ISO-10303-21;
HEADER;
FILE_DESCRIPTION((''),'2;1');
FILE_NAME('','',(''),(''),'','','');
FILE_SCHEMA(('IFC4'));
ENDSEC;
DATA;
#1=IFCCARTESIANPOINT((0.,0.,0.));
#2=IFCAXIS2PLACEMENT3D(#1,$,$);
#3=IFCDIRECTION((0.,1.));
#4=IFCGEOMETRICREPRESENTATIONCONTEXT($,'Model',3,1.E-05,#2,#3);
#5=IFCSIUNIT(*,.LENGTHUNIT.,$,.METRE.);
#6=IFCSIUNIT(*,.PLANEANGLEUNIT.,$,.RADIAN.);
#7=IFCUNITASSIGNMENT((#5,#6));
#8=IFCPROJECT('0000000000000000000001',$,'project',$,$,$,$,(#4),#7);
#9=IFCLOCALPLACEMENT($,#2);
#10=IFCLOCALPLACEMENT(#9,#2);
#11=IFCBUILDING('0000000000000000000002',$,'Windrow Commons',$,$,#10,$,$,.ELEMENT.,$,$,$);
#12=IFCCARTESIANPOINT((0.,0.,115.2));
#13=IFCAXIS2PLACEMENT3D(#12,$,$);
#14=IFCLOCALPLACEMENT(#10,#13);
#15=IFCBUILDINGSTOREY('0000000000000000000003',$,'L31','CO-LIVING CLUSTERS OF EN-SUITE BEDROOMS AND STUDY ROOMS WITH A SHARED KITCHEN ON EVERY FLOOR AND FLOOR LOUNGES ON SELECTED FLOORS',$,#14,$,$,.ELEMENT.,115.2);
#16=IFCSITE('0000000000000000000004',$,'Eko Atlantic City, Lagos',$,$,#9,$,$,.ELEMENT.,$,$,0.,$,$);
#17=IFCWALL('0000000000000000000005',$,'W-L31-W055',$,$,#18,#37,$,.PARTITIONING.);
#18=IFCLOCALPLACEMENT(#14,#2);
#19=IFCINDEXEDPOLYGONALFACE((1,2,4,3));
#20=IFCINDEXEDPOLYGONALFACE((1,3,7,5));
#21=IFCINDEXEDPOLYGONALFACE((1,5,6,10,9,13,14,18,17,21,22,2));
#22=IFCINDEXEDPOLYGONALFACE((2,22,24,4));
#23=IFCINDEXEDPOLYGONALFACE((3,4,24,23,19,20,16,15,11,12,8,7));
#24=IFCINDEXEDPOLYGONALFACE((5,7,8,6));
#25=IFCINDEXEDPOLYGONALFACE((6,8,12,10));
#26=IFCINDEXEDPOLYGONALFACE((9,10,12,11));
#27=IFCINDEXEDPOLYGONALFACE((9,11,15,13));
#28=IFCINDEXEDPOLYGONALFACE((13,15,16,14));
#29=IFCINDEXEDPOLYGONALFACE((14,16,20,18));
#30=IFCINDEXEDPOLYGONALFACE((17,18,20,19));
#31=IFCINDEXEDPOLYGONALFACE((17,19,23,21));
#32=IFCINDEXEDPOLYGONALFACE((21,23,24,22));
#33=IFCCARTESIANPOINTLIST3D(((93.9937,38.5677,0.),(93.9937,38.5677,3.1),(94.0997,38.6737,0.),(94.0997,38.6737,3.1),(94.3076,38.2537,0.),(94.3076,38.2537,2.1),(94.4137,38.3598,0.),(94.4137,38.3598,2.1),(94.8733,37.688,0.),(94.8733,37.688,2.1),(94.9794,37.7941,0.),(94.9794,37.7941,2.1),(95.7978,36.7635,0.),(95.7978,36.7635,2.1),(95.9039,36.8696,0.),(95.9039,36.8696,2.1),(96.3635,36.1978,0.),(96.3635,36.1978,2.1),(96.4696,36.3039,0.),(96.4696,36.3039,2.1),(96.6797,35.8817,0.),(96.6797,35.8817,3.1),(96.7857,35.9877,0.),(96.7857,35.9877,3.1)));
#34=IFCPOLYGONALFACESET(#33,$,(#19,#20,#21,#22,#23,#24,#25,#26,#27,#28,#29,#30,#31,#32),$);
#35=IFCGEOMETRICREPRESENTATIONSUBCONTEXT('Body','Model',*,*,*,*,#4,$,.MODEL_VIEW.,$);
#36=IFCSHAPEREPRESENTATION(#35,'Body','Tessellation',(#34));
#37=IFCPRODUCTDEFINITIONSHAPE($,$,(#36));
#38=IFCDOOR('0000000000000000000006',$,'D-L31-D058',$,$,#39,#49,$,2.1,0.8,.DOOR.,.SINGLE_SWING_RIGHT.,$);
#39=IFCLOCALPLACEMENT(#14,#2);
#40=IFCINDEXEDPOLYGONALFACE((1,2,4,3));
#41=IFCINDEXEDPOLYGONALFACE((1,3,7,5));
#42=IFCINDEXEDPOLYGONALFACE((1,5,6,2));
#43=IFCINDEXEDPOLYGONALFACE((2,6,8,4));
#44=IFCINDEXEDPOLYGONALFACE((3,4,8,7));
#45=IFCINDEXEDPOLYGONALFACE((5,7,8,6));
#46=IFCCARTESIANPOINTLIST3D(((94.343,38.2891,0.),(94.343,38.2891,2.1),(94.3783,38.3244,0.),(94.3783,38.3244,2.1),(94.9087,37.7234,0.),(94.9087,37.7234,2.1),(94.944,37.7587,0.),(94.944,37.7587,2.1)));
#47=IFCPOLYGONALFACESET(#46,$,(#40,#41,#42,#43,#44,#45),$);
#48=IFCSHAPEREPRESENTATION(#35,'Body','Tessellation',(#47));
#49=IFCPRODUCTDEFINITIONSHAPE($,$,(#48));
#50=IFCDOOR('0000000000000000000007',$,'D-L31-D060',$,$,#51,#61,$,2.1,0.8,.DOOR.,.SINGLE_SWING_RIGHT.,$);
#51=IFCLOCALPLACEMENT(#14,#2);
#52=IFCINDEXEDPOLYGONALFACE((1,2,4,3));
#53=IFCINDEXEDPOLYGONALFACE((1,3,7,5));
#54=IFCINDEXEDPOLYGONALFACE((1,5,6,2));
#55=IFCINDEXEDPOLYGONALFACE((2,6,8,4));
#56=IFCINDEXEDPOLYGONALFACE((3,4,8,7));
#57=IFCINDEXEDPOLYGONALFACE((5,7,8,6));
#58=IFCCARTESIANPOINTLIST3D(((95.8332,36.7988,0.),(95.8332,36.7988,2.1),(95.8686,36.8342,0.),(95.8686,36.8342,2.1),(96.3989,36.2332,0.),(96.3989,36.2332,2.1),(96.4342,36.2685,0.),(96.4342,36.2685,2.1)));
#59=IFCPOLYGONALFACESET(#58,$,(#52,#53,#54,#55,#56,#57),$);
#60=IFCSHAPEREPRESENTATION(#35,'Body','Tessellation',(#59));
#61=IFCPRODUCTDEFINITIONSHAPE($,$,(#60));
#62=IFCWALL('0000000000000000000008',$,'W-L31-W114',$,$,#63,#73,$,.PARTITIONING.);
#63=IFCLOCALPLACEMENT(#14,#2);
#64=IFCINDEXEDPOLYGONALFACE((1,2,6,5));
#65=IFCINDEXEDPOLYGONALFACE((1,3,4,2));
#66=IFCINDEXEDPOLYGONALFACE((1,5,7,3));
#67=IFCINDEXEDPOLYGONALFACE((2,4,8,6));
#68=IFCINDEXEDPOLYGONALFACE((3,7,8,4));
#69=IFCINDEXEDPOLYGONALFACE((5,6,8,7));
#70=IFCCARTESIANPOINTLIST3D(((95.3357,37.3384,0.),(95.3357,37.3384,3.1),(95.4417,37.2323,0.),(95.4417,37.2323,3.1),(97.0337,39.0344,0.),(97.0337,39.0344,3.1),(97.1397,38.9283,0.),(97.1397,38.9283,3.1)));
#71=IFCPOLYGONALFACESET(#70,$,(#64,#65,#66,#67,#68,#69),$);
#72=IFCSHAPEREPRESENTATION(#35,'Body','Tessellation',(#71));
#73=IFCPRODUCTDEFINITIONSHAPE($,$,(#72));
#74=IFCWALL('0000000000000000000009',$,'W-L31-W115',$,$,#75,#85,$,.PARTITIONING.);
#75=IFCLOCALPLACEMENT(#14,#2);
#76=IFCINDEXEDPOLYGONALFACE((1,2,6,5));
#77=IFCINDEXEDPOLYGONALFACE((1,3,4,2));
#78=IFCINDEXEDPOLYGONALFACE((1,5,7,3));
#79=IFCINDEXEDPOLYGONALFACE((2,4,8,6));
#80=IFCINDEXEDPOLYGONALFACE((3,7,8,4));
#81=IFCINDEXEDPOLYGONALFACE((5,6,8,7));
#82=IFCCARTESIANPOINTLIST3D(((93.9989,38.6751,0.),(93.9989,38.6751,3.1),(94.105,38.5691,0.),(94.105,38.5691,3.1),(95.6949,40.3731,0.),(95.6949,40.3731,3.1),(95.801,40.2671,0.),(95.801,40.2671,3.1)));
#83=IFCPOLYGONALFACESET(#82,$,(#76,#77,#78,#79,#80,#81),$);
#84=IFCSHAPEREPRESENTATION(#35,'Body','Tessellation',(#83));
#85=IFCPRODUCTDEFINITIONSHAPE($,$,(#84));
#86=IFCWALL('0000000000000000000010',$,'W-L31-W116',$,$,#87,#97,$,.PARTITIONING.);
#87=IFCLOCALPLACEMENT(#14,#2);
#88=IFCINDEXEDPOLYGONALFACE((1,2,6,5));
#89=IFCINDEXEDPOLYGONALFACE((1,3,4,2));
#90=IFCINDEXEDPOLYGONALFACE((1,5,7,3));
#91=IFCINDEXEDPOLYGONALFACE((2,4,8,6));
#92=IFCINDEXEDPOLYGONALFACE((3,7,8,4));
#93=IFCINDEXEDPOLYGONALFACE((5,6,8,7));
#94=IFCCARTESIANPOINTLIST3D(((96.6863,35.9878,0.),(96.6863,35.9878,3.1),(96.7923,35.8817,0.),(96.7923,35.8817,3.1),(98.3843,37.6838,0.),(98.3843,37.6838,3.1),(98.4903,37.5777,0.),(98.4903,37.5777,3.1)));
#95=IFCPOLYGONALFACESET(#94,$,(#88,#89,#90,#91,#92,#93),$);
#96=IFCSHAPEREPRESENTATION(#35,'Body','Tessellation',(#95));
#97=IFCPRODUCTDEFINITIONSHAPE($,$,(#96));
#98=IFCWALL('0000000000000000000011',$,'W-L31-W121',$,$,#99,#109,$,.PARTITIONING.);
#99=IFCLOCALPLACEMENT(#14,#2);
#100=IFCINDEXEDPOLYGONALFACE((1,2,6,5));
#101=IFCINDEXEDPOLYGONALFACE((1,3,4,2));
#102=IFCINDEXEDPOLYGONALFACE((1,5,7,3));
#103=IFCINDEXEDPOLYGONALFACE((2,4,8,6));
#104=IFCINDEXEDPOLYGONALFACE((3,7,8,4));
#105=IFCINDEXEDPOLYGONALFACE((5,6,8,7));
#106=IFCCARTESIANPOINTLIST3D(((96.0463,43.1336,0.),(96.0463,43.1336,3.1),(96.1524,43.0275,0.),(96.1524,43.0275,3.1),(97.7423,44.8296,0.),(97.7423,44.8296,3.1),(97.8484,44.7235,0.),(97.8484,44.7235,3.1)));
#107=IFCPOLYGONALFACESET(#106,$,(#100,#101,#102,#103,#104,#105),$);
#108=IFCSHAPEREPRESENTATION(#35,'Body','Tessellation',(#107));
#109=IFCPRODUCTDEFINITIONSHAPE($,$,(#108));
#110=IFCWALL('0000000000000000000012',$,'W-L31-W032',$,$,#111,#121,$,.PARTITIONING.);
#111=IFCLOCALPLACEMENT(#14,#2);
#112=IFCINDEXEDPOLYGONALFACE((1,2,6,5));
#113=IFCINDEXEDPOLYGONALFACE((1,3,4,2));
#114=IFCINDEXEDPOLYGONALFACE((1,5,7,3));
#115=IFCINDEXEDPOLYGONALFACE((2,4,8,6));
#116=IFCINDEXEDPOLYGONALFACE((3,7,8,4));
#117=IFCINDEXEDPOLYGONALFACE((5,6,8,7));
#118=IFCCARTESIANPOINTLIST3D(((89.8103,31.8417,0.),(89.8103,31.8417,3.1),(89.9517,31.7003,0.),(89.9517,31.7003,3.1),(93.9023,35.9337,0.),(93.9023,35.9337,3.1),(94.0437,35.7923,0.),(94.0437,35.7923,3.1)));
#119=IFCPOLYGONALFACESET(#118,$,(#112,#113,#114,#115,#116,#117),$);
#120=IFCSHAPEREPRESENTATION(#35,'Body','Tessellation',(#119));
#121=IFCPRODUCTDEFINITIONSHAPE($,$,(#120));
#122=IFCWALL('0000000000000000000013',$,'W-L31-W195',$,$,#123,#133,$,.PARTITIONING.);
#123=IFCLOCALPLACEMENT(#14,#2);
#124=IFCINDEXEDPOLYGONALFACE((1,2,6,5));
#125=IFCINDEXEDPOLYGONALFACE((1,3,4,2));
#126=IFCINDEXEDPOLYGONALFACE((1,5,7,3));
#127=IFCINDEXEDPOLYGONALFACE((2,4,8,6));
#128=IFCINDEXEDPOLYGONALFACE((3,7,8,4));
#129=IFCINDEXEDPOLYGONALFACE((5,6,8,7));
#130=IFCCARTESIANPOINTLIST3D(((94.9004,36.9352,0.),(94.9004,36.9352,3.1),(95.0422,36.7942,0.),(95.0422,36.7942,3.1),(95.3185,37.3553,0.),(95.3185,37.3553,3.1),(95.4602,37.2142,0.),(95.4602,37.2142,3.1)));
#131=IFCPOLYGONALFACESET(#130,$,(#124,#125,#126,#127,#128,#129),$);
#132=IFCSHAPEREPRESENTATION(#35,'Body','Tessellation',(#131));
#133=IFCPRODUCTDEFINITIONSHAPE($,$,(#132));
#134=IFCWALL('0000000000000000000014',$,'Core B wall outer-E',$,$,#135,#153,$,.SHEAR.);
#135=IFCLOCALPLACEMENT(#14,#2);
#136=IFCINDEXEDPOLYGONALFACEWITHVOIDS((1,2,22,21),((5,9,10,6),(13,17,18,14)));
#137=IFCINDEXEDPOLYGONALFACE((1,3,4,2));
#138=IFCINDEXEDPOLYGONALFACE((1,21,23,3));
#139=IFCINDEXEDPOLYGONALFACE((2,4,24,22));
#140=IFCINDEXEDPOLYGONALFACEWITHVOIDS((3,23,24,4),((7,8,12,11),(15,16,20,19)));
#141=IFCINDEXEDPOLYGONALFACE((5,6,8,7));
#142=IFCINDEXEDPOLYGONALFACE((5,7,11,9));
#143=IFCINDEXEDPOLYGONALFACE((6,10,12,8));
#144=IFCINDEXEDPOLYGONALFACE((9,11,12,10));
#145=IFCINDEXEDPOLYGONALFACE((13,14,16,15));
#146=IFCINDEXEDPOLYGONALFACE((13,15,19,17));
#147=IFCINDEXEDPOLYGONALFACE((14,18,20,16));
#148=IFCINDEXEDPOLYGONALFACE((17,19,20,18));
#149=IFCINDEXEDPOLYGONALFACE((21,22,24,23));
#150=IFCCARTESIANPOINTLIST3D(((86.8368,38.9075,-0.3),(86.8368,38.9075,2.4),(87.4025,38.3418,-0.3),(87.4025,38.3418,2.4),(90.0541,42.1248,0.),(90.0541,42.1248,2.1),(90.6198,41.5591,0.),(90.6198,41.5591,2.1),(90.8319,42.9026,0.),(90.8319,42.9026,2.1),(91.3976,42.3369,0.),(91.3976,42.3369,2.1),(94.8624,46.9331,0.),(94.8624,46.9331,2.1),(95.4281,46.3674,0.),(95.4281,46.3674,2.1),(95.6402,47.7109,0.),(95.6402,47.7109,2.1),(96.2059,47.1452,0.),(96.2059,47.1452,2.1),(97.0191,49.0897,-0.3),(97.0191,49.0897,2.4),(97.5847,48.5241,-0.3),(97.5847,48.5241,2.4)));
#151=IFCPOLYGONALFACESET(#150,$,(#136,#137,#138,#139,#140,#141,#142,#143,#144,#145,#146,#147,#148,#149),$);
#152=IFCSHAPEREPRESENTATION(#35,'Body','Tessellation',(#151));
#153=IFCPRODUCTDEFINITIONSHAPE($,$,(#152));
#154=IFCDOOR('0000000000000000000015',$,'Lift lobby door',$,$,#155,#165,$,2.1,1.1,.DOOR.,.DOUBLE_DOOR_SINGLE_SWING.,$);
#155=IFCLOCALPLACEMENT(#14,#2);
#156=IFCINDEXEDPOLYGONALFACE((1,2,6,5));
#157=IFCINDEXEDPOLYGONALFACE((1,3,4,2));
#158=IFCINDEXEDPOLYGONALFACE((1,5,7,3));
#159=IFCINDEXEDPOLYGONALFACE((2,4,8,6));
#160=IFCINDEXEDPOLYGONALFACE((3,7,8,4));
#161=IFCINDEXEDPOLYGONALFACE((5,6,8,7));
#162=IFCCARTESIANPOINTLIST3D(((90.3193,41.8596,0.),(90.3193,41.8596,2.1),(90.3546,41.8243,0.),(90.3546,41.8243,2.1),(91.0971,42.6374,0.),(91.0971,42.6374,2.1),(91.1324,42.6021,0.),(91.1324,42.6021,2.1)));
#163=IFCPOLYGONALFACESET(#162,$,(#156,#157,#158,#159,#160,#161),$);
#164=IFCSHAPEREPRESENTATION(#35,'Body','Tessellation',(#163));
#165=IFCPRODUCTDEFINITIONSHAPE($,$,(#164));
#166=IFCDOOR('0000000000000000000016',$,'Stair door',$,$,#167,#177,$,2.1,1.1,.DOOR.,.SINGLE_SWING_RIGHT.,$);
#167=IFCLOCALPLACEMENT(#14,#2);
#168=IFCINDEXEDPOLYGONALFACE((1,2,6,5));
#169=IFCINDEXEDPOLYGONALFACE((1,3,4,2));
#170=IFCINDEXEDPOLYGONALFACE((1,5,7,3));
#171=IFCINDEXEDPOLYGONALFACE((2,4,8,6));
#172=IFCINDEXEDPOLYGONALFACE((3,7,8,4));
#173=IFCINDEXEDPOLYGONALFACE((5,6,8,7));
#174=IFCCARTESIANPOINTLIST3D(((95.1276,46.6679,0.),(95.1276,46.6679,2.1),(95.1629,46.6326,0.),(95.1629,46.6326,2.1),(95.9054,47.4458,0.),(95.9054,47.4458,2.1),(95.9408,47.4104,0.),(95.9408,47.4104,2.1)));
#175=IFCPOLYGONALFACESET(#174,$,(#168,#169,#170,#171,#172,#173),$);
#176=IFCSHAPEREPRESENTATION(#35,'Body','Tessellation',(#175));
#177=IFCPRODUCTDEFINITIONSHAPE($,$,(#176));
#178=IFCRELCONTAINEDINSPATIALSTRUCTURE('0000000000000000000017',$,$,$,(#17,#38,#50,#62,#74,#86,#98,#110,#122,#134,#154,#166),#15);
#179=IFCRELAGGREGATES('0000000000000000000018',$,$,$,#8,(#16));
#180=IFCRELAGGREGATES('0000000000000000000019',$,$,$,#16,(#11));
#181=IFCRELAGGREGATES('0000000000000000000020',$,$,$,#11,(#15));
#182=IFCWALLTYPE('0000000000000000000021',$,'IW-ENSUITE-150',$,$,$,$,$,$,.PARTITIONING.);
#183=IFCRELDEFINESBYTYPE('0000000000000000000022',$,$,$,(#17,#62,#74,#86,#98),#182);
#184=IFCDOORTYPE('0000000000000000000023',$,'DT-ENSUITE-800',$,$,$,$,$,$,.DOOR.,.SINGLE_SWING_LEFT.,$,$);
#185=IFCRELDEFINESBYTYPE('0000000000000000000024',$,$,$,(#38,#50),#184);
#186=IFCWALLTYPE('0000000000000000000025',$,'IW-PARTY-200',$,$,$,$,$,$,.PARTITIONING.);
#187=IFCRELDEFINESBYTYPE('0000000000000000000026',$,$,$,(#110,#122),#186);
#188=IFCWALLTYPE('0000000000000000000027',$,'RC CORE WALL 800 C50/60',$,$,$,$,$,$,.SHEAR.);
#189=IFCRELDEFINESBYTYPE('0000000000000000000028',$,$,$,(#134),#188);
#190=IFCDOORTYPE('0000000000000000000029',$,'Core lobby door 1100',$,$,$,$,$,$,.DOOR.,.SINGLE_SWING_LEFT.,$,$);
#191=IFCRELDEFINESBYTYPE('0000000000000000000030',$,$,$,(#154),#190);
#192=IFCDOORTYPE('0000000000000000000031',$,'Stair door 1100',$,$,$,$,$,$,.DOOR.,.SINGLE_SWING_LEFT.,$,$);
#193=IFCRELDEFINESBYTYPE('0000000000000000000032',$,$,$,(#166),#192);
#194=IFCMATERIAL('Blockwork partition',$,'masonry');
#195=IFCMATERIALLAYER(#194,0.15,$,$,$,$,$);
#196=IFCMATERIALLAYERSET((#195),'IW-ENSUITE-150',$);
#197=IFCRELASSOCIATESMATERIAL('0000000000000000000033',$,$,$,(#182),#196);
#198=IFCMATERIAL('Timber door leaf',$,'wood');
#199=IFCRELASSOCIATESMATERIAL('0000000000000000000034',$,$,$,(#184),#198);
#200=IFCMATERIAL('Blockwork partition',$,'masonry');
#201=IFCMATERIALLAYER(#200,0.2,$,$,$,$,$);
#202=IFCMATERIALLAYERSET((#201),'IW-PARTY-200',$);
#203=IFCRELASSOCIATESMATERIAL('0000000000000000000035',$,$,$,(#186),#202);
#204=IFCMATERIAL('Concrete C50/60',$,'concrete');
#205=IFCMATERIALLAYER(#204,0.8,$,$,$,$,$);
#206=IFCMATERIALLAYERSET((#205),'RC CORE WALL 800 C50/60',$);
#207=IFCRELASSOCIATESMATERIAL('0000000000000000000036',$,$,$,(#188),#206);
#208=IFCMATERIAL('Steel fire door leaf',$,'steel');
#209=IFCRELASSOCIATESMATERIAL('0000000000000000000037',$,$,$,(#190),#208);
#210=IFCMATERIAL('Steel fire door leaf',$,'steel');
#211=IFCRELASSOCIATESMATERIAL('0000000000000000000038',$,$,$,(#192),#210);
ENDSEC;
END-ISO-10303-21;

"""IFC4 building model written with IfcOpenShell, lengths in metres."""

from ifc_helpers import new_model, si_unit, direction, frame, frame_2d, origin, place, context, subcontext, project, spatial, rectangle, extrude, material, layer, layer_set, type_object, element, fill, save


model = new_model("IFC4")

# Units and contexts
model_context = context("Model", 3, precision=1e-05, world=origin(), true_north=direction((0.0, 1.0)))
body_context = subcontext(model_context, "Body", "Model", "MODEL_VIEW")
ifc_project = project(units=[si_unit("LENGTHUNIT", "METRE"), si_unit("PLANEANGLEUNIT", "RADIAN")], contexts=[model_context])

# Site, building, storey
site_placement = place(None, origin())
site = spatial("IfcSite", under=ifc_project, at=site_placement, Name="Eko Atlantic City, Lagos", CompositionType="ELEMENT", RefElevation=0.0)
building_placement = place(site_placement, origin())
building = spatial("IfcBuilding", under=site, at=building_placement, Name="Windrow Commons", CompositionType="ELEMENT")
storey_placement = place(building_placement, frame((0.0, 0.0, 115.2)))
storey = spatial("IfcBuildingStorey", under=building, at=storey_placement, Name="L31", Description="CO-LIVING CLUSTERS OF EN-SUITE BEDROOMS AND STUDY ROOMS WITH A SHARED KITCHEN ON EVERY FLOOR AND FLOOR LOUNGES ON SELECTED FLOORS", CompositionType="ELEMENT", Elevation=115.2)

# Wall, openings, doors
ifc_material_1 = material(Name="Blockwork partition", Category="masonry")
ifc_layer_1 = layer(ifc_material_1, 0.15)
ifc_layer_set_1 = layer_set([ifc_layer_1], Name="IW-ENSUITE-150")
wall_type_1 = type_object("IfcWallType", Name="IW-ENSUITE-150", PredefinedType="PARTITIONING", material=ifc_layer_set_1)
wall_1_placement = place(storey_placement, frame((94.0467, 38.6207, 0.0), z_axis=(0.0, 0.0, 1.0), x_axis=(0.707107, -0.707107, 0.0)))
wall_1 = element("IfcWall", 1, at=wall_1_placement, inside=storey, type_object=wall_type_1, Name="W-L31-W055", PredefinedType="PARTITIONING", context=body_context, shape_type="SweptSolid", body=[
    extrude(rectangle(XDim=3.7986, YDim=0.15, at=frame_2d((1.8993, 0.0))), origin(), (0.0, 0.0, 1.0), 3.1),
])
opening_1_placement = place(wall_1_placement, frame((0.444, 0.0, 0.0)))
opening_1 = element("IfcOpeningElement", 2, at=opening_1_placement, cuts=wall_1, PredefinedType="OPENING", context=body_context, shape_type="SweptSolid", body=[
    extrude(rectangle(XDim=0.8, YDim=2.1, at=frame_2d((0.4, 1.05))), frame((0.0, 0.085, 0.0), z_axis=(0.0, -1.0, 0.0), x_axis=(1.0, 0.0, 0.0)), (0.0, 0.0, 1.0), 0.17),
])
opening_2_placement = place(wall_1_placement, frame((2.5515, 0.0, 0.0)))
opening_2 = element("IfcOpeningElement", 3, at=opening_2_placement, cuts=wall_1, PredefinedType="OPENING", context=body_context, shape_type="SweptSolid", body=[
    extrude(rectangle(XDim=0.8, YDim=2.1, at=frame_2d((0.4, 1.05))), frame((0.0, 0.085, 0.0), z_axis=(0.0, -1.0, 0.0), x_axis=(1.0, 0.0, 0.0)), (0.0, 0.0, 1.0), 0.17),
])
ifc_material_2 = material(Name="Timber door leaf", Category="wood")
door_type_1 = type_object("IfcDoorType", Name="DT-ENSUITE-800", OperationType="SINGLE_SWING_LEFT", PredefinedType="DOOR", material=ifc_material_2)
door_1_placement = place(opening_1_placement, origin())
door_1 = element("IfcDoor", 4, at=door_1_placement, inside=storey, type_object=door_type_1, Name="D-L31-D058", OperationType="SINGLE_SWING_RIGHT", OverallHeight=2.1, OverallWidth=0.8, PredefinedType="DOOR", context=body_context, shape_type="SweptSolid", body=[
    extrude(rectangle(XDim=0.8, YDim=2.1, at=frame_2d((0.4, 1.05))), frame((0.0, 0.025, 0.0), z_axis=(0.0, -1.0, 0.0), x_axis=(1.0, 0.0, 0.0)), (0.0, 0.0, 1.0), 0.05),
])
fill(opening_1, door_1)
door_2_placement = place(opening_2_placement, origin())
door_2 = element("IfcDoor", 5, at=door_2_placement, inside=storey, type_object=door_type_1, Name="D-L31-D060", OperationType="SINGLE_SWING_RIGHT", OverallHeight=2.1, OverallWidth=0.8, PredefinedType="DOOR", context=body_context, shape_type="SweptSolid", body=[
    extrude(rectangle(XDim=0.8, YDim=2.1, at=frame_2d((0.4, 1.05))), frame((0.0, 0.025, 0.0), z_axis=(0.0, -1.0, 0.0), x_axis=(1.0, 0.0, 0.0)), (0.0, 0.0, 1.0), 0.05),
])
fill(opening_2, door_2)

# Walls
for number, where, z_axis, x_axis, name in (
    (6, (95.3887, 37.2853, 0.0), (0.0, 0.0, 1.0), (0.707523, 0.70669, 0.0), "W-L31-W114"),
    (7, (94.0519, 38.6221, 0.0), (0.0, 0.0, 1.0), (0.70669, 0.707523, 0.0), "W-L31-W115"),
    (8, (96.7393, 35.9347, 0.0), (0.0, 0.0, 1.0), (0.707523, 0.70669, 0.0), "W-L31-W116"),
):
    element("IfcWall", number, at=place(storey_placement, frame(where, z_axis=z_axis, x_axis=x_axis)), inside=storey, type_object=wall_type_1, Name=name, PredefinedType="PARTITIONING", context=body_context, shape_type="SweptSolid", body=[
        extrude(rectangle(XDim=2.3999, YDim=0.15, at=frame_2d((1.2, 0.0))), origin(), (0.0, 0.0, 1.0), 3.1),
    ])
wall_2_placement = place(storey_placement, frame((96.0994, 43.0806, 0.0), z_axis=(0.0, 0.0, 1.0), x_axis=(0.707107, 0.707107, 0.0)))
element("IfcWall", 9, at=wall_2_placement, inside=storey, type_object=wall_type_1, Name="W-L31-W121", PredefinedType="PARTITIONING", context=body_context, shape_type="SweptSolid", body=[
    extrude(rectangle(XDim=2.3985, YDim=0.15, at=frame_2d((1.1992, 0.0))), origin(), (0.0, 0.0, 1.0), 3.1),
])
ifc_material_3 = material(Name="Blockwork partition", Category="masonry")
ifc_layer_2 = layer(ifc_material_3, 0.2)
ifc_layer_set_2 = layer_set([ifc_layer_2], Name="IW-PARTY-200")
wall_type_2 = type_object("IfcWallType", Name="IW-PARTY-200", PredefinedType="PARTITIONING", material=ifc_layer_set_2)
wall_3_placement = place(storey_placement, frame((89.881, 31.771, 0.0), z_axis=(0.0, 0.0, 1.0), x_axis=(0.707107, 0.707107, 0.0)))
element("IfcWall", 10, at=wall_3_placement, inside=storey, type_object=wall_type_2, Name="W-L31-W032", PredefinedType="PARTITIONING", context=body_context, shape_type="SweptSolid", body=[
    extrude(rectangle(XDim=5.787, YDim=0.2, at=frame_2d((2.8935, 0.0))), origin(), (0.0, 0.0, 1.0), 3.1),
])
wall_4_placement = place(storey_placement, frame((94.9713, 36.8647, 0.0), z_axis=(0.0, 0.0, 1.0), x_axis=(0.705417, 0.708792, 0.0)))
element("IfcWall", 11, at=wall_4_placement, inside=storey, type_object=wall_type_2, Name="W-L31-W195", PredefinedType="PARTITIONING", context=body_context, shape_type="SweptSolid", body=[
    extrude(rectangle(XDim=0.5926, YDim=0.2, at=frame_2d((0.2963, 0.0))), origin(), (0.0, 0.0, 1.0), 3.1),
])

# Wall, openings, doors
ifc_material_4 = material(Name="Concrete C50/60", Category="concrete")
ifc_layer_3 = layer(ifc_material_4, 0.8)
ifc_layer_set_3 = layer_set([ifc_layer_3], Name="RC CORE WALL 800 C50/60")
wall_type_3 = type_object("IfcWallType", Name="RC CORE WALL 800 C50/60", PredefinedType="SHEAR", material=ifc_layer_set_3)
wall_5_placement = place(storey_placement, frame((87.1196, 38.6246, -0.3), z_axis=(0.0, 0.0, 1.0), x_axis=(0.707107, 0.707107, 0.0)))
wall_5 = element("IfcWall", 12, at=wall_5_placement, inside=storey, type_object=wall_type_3, Name="Core B wall outer-E", PredefinedType="SHEAR", context=body_context, shape_type="SweptSolid", body=[
    extrude(rectangle(XDim=14.3999, YDim=0.8, at=frame_2d((7.2, 0.0))), origin(), (0.0, 0.0, 1.0), 2.7),
])
opening_3_placement = place(wall_5_placement, frame((4.55, 0.0, 0.3)))
opening_3 = element("IfcOpeningElement", 13, at=opening_3_placement, cuts=wall_5, PredefinedType="OPENING", context=body_context, shape_type="SweptSolid", body=[
    extrude(rectangle(XDim=1.1, YDim=2.1, at=frame_2d((0.55, 1.05))), frame((0.0, 0.41, 0.0), z_axis=(0.0, -1.0, 0.0), x_axis=(1.0, 0.0, 0.0)), (0.0, 0.0, 1.0), 0.82),
])
opening_4_placement = place(wall_5_placement, frame((11.35, 0.0, 0.3)))
opening_4 = element("IfcOpeningElement", 14, at=opening_4_placement, cuts=wall_5, PredefinedType="OPENING", context=body_context, shape_type="SweptSolid", body=[
    extrude(rectangle(XDim=1.1, YDim=2.1, at=frame_2d((0.55, 1.05))), frame((0.0, 0.41, 0.0), z_axis=(0.0, -1.0, 0.0), x_axis=(1.0, 0.0, 0.0)), (0.0, 0.0, 1.0), 0.82),
])
ifc_material_5 = material(Name="Steel fire door leaf", Category="steel")
door_type_2 = type_object("IfcDoorType", Name="Core lobby door 1100", OperationType="SINGLE_SWING_LEFT", PredefinedType="DOOR", material=ifc_material_5)
door_3_placement = place(opening_3_placement, origin())
door_3 = element("IfcDoor", 15, at=door_3_placement, inside=storey, type_object=door_type_2, Name="Lift lobby door", OperationType="DOUBLE_DOOR_SINGLE_SWING", OverallHeight=2.1, OverallWidth=1.1, PredefinedType="DOOR", context=body_context, shape_type="SweptSolid", body=[
    extrude(rectangle(XDim=1.1, YDim=2.1, at=frame_2d((0.55, 1.05))), frame((0.0, 0.025, 0.0), z_axis=(0.0, -1.0, 0.0), x_axis=(1.0, 0.0, 0.0)), (0.0, 0.0, 1.0), 0.05),
])
fill(opening_3, door_3)
ifc_material_6 = material(Name="Steel fire door leaf", Category="steel")
door_type_3 = type_object("IfcDoorType", Name="Stair door 1100", OperationType="SINGLE_SWING_LEFT", PredefinedType="DOOR", material=ifc_material_6)
door_4_placement = place(opening_4_placement, origin())
door_4 = element("IfcDoor", 16, at=door_4_placement, inside=storey, type_object=door_type_3, Name="Stair door", OperationType="SINGLE_SWING_RIGHT", OverallHeight=2.1, OverallWidth=1.1, PredefinedType="DOOR", context=body_context, shape_type="SweptSolid", body=[
    extrude(rectangle(XDim=1.1, YDim=2.1, at=frame_2d((0.55, 1.05))), frame((0.0, 0.025, 0.0), z_axis=(0.0, -1.0, 0.0), x_axis=(1.0, 0.0, 0.0)), (0.0, 0.0, 1.0), 0.05),
])
fill(opening_4, door_4)

save(model, "model.ifc")
